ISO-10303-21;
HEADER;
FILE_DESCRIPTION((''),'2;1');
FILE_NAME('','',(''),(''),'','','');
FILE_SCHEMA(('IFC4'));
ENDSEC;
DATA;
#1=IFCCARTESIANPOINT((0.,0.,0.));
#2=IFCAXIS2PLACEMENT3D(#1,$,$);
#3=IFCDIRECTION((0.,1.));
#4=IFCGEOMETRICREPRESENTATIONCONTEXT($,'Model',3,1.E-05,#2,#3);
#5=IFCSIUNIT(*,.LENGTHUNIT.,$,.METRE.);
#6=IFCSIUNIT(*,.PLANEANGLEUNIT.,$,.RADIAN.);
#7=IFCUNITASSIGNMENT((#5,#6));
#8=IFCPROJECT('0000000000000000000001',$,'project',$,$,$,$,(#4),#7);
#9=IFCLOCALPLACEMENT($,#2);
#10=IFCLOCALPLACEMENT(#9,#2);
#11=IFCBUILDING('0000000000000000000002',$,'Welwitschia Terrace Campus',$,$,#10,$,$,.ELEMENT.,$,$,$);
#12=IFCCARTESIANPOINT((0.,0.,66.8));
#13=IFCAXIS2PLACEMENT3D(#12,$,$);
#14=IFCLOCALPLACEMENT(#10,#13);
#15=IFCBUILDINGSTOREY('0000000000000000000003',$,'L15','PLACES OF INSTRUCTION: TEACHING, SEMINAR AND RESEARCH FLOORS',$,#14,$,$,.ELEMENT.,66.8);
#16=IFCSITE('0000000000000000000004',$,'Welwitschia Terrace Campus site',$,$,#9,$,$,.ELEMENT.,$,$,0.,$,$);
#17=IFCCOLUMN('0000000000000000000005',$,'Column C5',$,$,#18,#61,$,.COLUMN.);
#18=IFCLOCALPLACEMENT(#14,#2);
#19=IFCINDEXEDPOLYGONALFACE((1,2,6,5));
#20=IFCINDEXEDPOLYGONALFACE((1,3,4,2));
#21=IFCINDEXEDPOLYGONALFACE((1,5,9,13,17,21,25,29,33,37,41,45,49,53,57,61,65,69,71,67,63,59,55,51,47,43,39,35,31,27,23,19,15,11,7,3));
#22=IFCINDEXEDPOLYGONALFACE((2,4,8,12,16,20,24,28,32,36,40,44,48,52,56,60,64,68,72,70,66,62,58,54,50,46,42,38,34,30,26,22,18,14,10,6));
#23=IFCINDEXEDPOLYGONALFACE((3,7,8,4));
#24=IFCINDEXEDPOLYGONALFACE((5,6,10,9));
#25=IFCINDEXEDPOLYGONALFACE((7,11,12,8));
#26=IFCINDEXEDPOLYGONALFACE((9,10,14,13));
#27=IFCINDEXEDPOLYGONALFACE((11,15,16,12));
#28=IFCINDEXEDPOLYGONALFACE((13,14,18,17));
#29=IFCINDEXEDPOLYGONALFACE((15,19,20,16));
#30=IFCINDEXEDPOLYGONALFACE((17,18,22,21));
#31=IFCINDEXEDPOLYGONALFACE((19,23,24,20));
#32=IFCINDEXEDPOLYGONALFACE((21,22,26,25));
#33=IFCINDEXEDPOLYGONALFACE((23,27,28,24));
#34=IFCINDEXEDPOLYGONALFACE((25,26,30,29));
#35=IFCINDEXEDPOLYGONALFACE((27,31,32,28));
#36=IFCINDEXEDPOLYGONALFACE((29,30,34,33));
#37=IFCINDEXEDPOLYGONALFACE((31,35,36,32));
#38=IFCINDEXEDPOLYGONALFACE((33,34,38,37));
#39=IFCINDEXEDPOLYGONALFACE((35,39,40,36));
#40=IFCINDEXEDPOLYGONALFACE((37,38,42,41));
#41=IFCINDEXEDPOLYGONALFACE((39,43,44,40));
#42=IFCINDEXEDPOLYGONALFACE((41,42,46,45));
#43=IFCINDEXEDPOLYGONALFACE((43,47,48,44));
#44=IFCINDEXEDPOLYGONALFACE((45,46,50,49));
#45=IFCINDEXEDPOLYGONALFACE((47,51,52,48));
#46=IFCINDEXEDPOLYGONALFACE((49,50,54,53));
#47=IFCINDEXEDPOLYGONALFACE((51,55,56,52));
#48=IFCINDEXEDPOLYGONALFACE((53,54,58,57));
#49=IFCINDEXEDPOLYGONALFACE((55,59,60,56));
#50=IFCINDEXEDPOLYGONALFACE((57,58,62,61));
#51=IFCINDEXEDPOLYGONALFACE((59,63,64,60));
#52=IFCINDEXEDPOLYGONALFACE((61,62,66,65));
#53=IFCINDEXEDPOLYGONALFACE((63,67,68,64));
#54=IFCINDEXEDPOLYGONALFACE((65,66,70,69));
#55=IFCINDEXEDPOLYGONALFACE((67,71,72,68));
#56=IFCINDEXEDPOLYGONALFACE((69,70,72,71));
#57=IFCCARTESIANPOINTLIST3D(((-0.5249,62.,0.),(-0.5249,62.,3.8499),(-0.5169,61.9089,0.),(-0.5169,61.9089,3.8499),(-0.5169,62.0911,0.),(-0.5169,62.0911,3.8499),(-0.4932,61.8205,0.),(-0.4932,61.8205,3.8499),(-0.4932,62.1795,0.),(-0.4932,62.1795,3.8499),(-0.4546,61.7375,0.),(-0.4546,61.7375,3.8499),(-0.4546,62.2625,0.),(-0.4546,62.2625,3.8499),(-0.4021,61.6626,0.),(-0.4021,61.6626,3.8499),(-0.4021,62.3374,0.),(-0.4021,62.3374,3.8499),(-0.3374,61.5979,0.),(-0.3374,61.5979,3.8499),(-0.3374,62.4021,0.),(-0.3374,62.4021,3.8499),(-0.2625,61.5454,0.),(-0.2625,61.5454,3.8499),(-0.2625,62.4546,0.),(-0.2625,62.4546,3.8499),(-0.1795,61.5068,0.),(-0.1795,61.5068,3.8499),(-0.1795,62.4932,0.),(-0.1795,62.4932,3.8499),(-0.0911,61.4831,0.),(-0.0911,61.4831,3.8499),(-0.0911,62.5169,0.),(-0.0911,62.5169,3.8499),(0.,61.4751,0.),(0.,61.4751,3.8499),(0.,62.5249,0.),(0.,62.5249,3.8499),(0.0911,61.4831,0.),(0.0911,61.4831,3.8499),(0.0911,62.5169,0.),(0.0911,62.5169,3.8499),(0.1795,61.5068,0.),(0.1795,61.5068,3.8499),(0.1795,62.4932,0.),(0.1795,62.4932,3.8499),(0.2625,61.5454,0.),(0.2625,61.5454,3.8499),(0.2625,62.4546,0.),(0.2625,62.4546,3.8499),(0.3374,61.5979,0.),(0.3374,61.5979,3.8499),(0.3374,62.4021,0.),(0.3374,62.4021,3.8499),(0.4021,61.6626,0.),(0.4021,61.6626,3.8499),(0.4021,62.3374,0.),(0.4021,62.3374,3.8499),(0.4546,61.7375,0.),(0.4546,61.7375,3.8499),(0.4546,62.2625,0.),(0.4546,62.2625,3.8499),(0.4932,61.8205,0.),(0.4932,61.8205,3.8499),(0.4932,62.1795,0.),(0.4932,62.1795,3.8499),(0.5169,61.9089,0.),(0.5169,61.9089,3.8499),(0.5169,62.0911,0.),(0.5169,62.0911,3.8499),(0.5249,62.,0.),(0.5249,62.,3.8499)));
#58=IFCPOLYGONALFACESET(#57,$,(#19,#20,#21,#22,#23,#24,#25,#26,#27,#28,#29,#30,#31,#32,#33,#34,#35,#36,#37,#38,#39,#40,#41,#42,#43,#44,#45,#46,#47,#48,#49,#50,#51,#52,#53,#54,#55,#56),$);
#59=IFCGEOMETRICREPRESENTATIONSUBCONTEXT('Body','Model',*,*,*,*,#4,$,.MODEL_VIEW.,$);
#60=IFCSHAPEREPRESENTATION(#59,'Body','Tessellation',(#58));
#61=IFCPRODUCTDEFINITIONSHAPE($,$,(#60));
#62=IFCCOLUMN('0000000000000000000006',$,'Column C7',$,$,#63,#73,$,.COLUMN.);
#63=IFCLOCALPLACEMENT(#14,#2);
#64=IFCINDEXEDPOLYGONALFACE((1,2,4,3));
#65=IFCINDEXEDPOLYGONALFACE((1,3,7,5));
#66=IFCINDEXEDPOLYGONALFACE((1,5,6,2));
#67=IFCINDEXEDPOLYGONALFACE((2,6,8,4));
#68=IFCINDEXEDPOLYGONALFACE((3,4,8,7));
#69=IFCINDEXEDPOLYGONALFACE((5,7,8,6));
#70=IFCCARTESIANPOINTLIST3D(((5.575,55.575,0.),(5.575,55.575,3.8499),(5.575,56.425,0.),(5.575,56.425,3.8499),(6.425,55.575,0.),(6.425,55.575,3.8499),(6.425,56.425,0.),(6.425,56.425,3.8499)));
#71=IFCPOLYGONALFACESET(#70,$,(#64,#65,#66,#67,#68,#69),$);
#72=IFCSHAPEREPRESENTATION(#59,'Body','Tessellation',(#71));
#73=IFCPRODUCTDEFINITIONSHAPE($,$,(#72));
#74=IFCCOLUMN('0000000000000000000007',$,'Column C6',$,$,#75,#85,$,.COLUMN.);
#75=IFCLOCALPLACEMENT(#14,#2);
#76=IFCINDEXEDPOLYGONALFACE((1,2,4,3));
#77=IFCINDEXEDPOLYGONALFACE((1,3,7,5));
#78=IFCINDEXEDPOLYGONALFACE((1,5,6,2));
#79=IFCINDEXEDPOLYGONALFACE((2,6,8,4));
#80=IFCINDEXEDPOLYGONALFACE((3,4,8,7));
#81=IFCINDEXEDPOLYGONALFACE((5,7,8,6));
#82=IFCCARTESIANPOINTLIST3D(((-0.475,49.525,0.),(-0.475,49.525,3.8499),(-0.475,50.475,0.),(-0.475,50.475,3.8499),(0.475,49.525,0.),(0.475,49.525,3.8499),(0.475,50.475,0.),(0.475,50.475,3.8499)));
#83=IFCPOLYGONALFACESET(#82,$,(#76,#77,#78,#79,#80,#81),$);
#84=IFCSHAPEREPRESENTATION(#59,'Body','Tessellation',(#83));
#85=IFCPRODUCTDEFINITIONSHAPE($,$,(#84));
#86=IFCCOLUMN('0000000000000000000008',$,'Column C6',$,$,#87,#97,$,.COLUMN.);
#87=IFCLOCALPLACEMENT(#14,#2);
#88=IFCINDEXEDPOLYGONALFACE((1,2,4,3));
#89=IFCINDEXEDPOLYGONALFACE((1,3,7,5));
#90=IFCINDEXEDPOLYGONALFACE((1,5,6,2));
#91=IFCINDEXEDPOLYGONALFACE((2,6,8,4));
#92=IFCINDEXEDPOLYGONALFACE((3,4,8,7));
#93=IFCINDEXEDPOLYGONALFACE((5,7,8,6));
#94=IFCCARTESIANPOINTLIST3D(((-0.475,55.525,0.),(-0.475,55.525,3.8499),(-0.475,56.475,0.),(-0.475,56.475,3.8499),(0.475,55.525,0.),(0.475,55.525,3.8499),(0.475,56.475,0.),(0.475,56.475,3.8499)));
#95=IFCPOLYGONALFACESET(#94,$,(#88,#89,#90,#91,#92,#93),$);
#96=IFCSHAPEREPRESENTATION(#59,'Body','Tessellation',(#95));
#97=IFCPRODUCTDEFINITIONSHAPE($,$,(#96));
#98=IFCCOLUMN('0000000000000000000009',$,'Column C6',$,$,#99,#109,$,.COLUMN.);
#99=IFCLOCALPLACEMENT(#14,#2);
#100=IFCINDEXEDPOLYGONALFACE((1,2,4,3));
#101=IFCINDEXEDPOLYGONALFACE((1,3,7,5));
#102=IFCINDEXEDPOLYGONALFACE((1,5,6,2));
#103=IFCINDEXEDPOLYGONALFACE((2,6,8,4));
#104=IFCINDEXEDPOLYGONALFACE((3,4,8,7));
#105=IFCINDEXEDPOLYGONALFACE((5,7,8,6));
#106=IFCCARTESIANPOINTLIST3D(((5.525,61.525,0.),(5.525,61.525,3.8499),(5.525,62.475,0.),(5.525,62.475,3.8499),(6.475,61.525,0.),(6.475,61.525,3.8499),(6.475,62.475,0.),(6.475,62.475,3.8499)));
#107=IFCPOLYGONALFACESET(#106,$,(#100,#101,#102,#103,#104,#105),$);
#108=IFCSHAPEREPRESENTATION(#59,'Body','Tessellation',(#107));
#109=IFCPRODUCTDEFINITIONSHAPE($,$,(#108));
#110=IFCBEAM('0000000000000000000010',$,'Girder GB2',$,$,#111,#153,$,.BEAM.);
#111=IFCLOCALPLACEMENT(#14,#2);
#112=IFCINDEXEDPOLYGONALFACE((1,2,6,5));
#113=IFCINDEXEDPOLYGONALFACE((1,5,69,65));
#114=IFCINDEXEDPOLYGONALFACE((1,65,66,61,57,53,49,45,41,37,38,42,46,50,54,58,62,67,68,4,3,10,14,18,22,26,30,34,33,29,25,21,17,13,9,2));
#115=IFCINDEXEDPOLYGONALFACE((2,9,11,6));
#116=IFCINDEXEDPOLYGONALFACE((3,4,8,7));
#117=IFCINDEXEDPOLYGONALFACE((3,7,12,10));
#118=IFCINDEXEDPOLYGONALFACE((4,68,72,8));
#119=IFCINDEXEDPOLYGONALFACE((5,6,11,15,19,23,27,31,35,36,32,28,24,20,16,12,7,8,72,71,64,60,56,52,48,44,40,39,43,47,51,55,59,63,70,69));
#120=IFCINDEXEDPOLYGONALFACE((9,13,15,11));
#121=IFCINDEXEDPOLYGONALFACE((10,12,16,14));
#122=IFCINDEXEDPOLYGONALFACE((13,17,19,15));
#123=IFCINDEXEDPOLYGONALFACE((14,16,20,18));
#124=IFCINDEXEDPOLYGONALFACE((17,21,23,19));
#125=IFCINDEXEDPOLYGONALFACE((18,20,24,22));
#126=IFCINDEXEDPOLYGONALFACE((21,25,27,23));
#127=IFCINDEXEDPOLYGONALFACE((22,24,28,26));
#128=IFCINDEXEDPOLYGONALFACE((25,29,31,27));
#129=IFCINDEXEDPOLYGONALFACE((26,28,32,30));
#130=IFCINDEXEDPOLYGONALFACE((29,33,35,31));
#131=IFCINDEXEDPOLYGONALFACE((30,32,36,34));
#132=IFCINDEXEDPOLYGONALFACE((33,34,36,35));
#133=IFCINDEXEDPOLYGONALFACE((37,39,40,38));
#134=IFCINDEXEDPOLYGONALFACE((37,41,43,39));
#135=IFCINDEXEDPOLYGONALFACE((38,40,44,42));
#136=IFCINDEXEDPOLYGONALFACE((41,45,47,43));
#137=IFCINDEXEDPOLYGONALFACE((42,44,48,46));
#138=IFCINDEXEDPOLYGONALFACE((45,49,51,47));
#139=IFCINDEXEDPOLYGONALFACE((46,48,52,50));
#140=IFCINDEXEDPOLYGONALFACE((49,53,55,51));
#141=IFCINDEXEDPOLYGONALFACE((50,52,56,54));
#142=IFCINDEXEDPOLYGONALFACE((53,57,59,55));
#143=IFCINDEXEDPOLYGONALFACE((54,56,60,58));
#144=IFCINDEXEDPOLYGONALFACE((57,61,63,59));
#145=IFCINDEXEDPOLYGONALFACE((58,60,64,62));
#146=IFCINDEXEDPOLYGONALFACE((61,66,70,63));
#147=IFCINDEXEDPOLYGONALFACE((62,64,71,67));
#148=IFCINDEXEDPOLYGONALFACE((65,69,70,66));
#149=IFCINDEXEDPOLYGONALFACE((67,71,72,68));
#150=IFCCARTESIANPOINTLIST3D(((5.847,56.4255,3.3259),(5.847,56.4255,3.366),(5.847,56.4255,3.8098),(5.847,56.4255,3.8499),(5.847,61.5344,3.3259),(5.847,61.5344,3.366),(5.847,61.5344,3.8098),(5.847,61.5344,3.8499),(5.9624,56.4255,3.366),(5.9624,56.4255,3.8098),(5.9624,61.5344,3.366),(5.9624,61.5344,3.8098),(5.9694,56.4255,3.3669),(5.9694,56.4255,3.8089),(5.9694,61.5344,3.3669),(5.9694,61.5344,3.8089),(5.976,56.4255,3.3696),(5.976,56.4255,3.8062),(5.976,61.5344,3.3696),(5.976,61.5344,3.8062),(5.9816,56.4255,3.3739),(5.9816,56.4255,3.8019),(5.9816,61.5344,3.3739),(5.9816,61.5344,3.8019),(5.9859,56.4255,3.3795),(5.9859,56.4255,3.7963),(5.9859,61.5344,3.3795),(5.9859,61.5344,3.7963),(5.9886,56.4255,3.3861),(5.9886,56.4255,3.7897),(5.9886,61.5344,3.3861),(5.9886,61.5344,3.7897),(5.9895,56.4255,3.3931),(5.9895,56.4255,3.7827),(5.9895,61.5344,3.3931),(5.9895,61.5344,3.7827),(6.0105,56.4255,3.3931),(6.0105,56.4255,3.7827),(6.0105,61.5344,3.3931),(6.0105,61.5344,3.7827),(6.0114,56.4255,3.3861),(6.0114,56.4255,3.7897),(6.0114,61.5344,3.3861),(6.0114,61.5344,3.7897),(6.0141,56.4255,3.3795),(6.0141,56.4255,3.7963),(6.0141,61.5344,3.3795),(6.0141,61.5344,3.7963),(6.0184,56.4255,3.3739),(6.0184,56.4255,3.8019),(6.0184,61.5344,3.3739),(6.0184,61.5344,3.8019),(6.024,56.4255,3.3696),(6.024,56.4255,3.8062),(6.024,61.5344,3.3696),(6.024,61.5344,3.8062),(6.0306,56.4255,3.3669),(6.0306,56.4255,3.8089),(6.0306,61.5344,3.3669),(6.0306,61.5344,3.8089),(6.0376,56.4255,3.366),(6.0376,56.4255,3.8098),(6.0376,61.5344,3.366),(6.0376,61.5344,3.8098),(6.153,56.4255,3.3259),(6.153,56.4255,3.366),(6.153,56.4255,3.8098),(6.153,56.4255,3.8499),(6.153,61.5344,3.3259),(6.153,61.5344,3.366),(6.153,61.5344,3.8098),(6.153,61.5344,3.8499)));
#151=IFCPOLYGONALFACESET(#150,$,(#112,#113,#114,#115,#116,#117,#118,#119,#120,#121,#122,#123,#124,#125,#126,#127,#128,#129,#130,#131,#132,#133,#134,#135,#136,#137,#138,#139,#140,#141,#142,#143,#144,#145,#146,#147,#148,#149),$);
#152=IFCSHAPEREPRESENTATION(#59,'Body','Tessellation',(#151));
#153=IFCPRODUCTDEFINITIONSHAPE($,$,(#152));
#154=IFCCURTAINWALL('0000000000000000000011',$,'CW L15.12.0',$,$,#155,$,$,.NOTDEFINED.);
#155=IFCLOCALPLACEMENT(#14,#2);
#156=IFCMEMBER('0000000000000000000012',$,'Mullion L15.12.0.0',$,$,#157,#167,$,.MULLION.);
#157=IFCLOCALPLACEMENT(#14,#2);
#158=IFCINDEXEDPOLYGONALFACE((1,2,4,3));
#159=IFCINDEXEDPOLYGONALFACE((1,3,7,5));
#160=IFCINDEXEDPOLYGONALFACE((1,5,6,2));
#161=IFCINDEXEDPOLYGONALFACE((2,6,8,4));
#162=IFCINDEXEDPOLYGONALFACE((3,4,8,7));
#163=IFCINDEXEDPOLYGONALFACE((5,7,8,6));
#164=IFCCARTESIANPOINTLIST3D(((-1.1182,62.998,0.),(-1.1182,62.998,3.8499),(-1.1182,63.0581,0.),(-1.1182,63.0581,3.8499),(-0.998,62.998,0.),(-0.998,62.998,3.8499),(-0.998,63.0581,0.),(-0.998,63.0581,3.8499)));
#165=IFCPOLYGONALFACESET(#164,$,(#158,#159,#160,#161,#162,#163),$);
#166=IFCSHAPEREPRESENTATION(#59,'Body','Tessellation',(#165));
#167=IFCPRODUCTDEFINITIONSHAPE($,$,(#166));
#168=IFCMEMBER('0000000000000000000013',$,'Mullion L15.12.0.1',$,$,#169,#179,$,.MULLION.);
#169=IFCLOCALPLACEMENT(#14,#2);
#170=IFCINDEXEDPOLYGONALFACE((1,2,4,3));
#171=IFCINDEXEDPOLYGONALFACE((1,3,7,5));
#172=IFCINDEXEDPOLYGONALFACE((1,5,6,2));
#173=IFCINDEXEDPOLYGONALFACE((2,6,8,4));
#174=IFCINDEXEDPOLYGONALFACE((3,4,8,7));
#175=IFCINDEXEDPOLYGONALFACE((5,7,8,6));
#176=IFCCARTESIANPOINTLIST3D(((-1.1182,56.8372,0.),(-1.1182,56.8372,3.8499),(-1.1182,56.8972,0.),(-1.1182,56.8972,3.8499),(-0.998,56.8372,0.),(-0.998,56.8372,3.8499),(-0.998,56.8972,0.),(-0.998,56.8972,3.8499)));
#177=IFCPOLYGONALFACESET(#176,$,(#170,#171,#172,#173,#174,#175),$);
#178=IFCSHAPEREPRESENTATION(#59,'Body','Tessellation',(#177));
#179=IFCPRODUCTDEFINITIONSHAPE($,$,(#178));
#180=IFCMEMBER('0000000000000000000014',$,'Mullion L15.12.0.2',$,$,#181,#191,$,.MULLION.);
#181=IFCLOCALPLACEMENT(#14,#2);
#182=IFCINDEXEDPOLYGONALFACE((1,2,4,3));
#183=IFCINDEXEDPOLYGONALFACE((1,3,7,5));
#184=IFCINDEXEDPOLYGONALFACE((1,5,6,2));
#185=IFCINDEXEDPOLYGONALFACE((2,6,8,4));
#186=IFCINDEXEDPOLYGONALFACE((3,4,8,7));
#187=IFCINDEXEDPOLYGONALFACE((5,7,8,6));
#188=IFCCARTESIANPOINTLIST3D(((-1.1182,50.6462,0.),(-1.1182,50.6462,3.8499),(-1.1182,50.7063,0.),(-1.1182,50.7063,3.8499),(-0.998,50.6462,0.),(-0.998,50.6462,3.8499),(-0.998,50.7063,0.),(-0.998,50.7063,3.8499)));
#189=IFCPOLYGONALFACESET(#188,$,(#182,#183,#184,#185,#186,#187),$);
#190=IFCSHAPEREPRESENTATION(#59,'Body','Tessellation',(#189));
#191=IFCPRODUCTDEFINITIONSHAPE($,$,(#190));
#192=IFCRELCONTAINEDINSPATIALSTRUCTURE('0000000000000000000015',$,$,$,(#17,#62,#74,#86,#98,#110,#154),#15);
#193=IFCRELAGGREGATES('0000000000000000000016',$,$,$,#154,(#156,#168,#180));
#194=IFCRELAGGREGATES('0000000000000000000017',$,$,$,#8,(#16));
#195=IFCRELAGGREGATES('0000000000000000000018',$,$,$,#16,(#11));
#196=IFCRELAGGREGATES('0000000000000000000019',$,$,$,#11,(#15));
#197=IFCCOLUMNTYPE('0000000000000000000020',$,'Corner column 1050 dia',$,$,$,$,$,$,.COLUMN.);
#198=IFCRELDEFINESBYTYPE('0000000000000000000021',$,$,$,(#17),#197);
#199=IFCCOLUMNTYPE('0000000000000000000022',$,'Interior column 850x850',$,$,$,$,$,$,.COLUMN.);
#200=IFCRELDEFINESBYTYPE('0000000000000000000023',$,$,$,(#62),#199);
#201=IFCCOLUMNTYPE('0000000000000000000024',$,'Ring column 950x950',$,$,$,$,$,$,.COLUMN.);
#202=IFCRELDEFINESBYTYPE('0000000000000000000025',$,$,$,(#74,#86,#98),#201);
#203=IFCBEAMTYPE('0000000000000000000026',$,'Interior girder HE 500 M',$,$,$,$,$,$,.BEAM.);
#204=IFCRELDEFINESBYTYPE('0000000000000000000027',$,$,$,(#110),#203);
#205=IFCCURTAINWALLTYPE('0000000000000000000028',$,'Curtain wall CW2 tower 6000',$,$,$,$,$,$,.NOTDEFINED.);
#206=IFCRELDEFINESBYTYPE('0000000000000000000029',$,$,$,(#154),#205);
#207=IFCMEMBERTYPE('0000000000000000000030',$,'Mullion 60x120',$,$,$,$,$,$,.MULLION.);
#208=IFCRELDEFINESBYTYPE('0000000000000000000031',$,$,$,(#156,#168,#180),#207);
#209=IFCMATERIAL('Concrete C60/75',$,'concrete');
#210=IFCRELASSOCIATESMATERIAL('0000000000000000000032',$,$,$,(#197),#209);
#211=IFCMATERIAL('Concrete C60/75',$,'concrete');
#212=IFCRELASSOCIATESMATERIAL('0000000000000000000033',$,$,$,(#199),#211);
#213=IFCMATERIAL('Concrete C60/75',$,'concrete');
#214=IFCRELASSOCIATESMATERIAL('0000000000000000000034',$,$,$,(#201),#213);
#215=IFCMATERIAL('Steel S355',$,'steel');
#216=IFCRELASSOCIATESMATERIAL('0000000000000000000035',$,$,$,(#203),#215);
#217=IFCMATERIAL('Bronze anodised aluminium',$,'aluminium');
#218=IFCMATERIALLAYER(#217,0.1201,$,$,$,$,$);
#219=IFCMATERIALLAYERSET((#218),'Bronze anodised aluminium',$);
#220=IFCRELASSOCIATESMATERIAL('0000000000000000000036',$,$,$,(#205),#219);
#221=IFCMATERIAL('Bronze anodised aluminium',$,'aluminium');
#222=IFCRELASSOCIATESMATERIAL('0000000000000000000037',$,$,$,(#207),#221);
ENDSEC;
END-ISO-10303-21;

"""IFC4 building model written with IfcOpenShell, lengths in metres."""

from ifc_helpers import new_model, si_unit, direction, frame, origin, origin_2d, place, context, subcontext, project, spatial, rectangle, circle, i_section, extrude, material, layer, layer_set, material_profile, profile_set, type_object, element, aggregate, save


model = new_model("IFC4")

# Units and contexts
model_context = context("Model", 3, precision=1e-05, world=origin(), true_north=direction((0.0, 1.0)))
body_context = subcontext(model_context, "Body", "Model", "MODEL_VIEW")
ifc_project = project(units=[si_unit("LENGTHUNIT", "METRE"), si_unit("PLANEANGLEUNIT", "RADIAN")], contexts=[model_context])

# Site, building, storey
site_placement = place(None, origin())
site = spatial("IfcSite", under=ifc_project, at=site_placement, Name="Welwitschia Terrace Campus site", CompositionType="ELEMENT", RefElevation=0.0)
building_placement = place(site_placement, origin())
building = spatial("IfcBuilding", under=site, at=building_placement, Name="Welwitschia Terrace Campus", CompositionType="ELEMENT")
storey_placement = place(building_placement, frame((0.0, 0.0, 66.8)))
storey = spatial("IfcBuildingStorey", under=building, at=storey_placement, Name="L15", Description="PLACES OF INSTRUCTION: TEACHING, SEMINAR AND RESEARCH FLOORS", CompositionType="ELEMENT", Elevation=66.8)

# Columns
ifc_material_1 = material(Name="Concrete C60/75", Category="concrete")
ifc_material_profile_1 = material_profile(ifc_material_1, circle(Radius=0.5249, at=origin_2d()))
ifc_profile_set_1 = profile_set([ifc_material_profile_1], Name="Concrete C60/75")
column_type_1 = type_object("IfcColumnType", Name="Corner column 1050 dia", PredefinedType="COLUMN", material=ifc_profile_set_1)
column_1_placement = place(storey_placement, frame((0.0, 62.0, 0.0), z_axis=(0.0, 0.0, 1.0), x_axis=(1.0, 0.0, 0.0)))
element("IfcColumn", 1, at=column_1_placement, inside=storey, type_object=column_type_1, Name="Column C5", PredefinedType="COLUMN", context=body_context, shape_type="SweptSolid", body=[
    extrude(circle(Radius=0.5249, at=origin_2d()), origin(), (0.0, 0.0, 1.0), 3.8499),
])
ifc_material_2 = material(Name="Concrete C60/75", Category="concrete")
ifc_material_profile_2 = material_profile(ifc_material_2, rectangle(XDim=0.8501, YDim=0.8501, at=origin_2d()))
ifc_profile_set_2 = profile_set([ifc_material_profile_2], Name="Concrete C60/75")
column_type_2 = type_object("IfcColumnType", Name="Interior column 850x850", PredefinedType="COLUMN", material=ifc_profile_set_2)
column_2_placement = place(storey_placement, frame((6.0, 56.0, 0.0), z_axis=(0.0, 0.0, 1.0), x_axis=(1.0, 0.0, 0.0)))
element("IfcColumn", 2, at=column_2_placement, inside=storey, type_object=column_type_2, Name="Column C7", PredefinedType="COLUMN", context=body_context, shape_type="SweptSolid", body=[
    extrude(rectangle(XDim=0.8501, YDim=0.8501, at=origin_2d()), origin(), (0.0, 0.0, 1.0), 3.8499),
])
ifc_material_3 = material(Name="Concrete C60/75", Category="concrete")
ifc_material_profile_3 = material_profile(ifc_material_3, rectangle(XDim=0.95, YDim=0.95, at=origin_2d()))
ifc_profile_set_3 = profile_set([ifc_material_profile_3], Name="Concrete C60/75")
column_type_3 = type_object("IfcColumnType", Name="Ring column 950x950", PredefinedType="COLUMN", material=ifc_profile_set_3)
for number, where, z_axis, x_axis, name in (
    (3, (0.0, 50.0, 0.0), (0.0, 0.0, 1.0), (1.0, 0.0, 0.0), "Column C6"),
    (4, (0.0, 56.0, 0.0), (0.0, 0.0, 1.0), (1.0, 0.0, 0.0), "Column C6"),
    (5, (6.0, 62.0, 0.0), (0.0, 0.0, 1.0), (1.0, 0.0, 0.0), "Column C6"),
):
    element("IfcColumn", number, at=place(storey_placement, frame(where, z_axis=z_axis, x_axis=x_axis)), inside=storey, type_object=column_type_3, Name=name, PredefinedType="COLUMN", context=body_context, shape_type="SweptSolid", body=[
        extrude(rectangle(XDim=0.95, YDim=0.95, at=origin_2d()), origin(), (0.0, 0.0, 1.0), 3.8499),
    ])

# Beam
ifc_material_4 = material(Name="Steel S355", Category="steel")
ifc_material_profile_4 = material_profile(ifc_material_4, i_section(OverallWidth=0.3059, OverallDepth=0.5239, WebThickness=0.021, FlangeThickness=0.04, FilletRadius=0.0271, at=origin_2d()))
ifc_profile_set_4 = profile_set([ifc_material_profile_4], Name="Steel S355")
beam_type_1 = type_object("IfcBeamType", Name="Interior girder HE 500 M", PredefinedType="BEAM", material=ifc_profile_set_4)
beam_1_placement = place(storey_placement, frame((6.0, 56.4255, 3.5879), z_axis=(0.0, 1.0, 0.0), x_axis=(-1.0, 0.0, 0.0)))
element("IfcBeam", 6, at=beam_1_placement, inside=storey, type_object=beam_type_1, Name="Girder GB2", PredefinedType="BEAM", context=body_context, shape_type="SweptSolid", body=[
    extrude(i_section(OverallWidth=0.3059, OverallDepth=0.5239, WebThickness=0.021, FlangeThickness=0.04, FilletRadius=0.0271, at=origin_2d()), origin(), (0.0, 0.0, 1.0), 5.1089),
])

# Curtain wall, members
ifc_material_5 = material(Name="Bronze anodised aluminium", Category="aluminium")
ifc_layer_1 = layer(ifc_material_5, 0.1201)
ifc_layer_set_1 = layer_set([ifc_layer_1], Name="Bronze anodised aluminium")
curtain_wall_type = type_object("IfcCurtainWallType", Name="Curtain wall CW2 tower 6000", PredefinedType="NOTDEFINED", material=ifc_layer_set_1)
curtain_wall_placement = place(storey_placement, origin())
curtain_wall = element("IfcCurtainWall", 7, at=curtain_wall_placement, inside=storey, type_object=curtain_wall_type, Name="CW L15.12.0", PredefinedType="NOTDEFINED")
ifc_material_6 = material(Name="Bronze anodised aluminium", Category="aluminium")
ifc_material_profile_5 = material_profile(ifc_material_6, rectangle(XDim=0.1201, YDim=0.0601, at=origin_2d()))
ifc_profile_set_5 = profile_set([ifc_material_profile_5], Name="Bronze anodised aluminium")
member_type_1 = type_object("IfcMemberType", Name="Mullion 60x120", PredefinedType="MULLION", material=ifc_profile_set_5)
member_1_placement = place(storey_placement, frame((-1.0581, 63.0281, 0.0), z_axis=(0.0, 0.0, 1.0), x_axis=(1.0, 0.0, 0.0)))
member_1 = element("IfcMember", 8, at=member_1_placement, type_object=member_type_1, Name="Mullion L15.12.0.0", PredefinedType="MULLION", context=body_context, shape_type="SweptSolid", body=[
    extrude(rectangle(XDim=0.1201, YDim=0.0601, at=origin_2d()), origin(), (0.0, 0.0, 1.0), 3.8499),
])
member_2_placement = place(storey_placement, frame((-1.0581, 56.8672, 0.0), z_axis=(0.0, 0.0, 1.0), x_axis=(1.0, 0.0, 0.0)))
member_2 = element("IfcMember", 9, at=member_2_placement, type_object=member_type_1, Name="Mullion L15.12.0.1", PredefinedType="MULLION", context=body_context, shape_type="SweptSolid", body=[
    extrude(rectangle(XDim=0.1201, YDim=0.0601, at=origin_2d()), origin(), (0.0, 0.0, 1.0), 3.8499),
])
member_3_placement = place(storey_placement, frame((-1.0581, 50.6763, 0.0), z_axis=(0.0, 0.0, 1.0), x_axis=(1.0, 0.0, 0.0)))
member_3 = element("IfcMember", 10, at=member_3_placement, type_object=member_type_1, Name="Mullion L15.12.0.2", PredefinedType="MULLION", context=body_context, shape_type="SweptSolid", body=[
    extrude(rectangle(XDim=0.1201, YDim=0.0601, at=origin_2d()), origin(), (0.0, 0.0, 1.0), 3.8499),
])

aggregate(curtain_wall, [member_1, member_2, member_3])

save(model, "model.ifc")
